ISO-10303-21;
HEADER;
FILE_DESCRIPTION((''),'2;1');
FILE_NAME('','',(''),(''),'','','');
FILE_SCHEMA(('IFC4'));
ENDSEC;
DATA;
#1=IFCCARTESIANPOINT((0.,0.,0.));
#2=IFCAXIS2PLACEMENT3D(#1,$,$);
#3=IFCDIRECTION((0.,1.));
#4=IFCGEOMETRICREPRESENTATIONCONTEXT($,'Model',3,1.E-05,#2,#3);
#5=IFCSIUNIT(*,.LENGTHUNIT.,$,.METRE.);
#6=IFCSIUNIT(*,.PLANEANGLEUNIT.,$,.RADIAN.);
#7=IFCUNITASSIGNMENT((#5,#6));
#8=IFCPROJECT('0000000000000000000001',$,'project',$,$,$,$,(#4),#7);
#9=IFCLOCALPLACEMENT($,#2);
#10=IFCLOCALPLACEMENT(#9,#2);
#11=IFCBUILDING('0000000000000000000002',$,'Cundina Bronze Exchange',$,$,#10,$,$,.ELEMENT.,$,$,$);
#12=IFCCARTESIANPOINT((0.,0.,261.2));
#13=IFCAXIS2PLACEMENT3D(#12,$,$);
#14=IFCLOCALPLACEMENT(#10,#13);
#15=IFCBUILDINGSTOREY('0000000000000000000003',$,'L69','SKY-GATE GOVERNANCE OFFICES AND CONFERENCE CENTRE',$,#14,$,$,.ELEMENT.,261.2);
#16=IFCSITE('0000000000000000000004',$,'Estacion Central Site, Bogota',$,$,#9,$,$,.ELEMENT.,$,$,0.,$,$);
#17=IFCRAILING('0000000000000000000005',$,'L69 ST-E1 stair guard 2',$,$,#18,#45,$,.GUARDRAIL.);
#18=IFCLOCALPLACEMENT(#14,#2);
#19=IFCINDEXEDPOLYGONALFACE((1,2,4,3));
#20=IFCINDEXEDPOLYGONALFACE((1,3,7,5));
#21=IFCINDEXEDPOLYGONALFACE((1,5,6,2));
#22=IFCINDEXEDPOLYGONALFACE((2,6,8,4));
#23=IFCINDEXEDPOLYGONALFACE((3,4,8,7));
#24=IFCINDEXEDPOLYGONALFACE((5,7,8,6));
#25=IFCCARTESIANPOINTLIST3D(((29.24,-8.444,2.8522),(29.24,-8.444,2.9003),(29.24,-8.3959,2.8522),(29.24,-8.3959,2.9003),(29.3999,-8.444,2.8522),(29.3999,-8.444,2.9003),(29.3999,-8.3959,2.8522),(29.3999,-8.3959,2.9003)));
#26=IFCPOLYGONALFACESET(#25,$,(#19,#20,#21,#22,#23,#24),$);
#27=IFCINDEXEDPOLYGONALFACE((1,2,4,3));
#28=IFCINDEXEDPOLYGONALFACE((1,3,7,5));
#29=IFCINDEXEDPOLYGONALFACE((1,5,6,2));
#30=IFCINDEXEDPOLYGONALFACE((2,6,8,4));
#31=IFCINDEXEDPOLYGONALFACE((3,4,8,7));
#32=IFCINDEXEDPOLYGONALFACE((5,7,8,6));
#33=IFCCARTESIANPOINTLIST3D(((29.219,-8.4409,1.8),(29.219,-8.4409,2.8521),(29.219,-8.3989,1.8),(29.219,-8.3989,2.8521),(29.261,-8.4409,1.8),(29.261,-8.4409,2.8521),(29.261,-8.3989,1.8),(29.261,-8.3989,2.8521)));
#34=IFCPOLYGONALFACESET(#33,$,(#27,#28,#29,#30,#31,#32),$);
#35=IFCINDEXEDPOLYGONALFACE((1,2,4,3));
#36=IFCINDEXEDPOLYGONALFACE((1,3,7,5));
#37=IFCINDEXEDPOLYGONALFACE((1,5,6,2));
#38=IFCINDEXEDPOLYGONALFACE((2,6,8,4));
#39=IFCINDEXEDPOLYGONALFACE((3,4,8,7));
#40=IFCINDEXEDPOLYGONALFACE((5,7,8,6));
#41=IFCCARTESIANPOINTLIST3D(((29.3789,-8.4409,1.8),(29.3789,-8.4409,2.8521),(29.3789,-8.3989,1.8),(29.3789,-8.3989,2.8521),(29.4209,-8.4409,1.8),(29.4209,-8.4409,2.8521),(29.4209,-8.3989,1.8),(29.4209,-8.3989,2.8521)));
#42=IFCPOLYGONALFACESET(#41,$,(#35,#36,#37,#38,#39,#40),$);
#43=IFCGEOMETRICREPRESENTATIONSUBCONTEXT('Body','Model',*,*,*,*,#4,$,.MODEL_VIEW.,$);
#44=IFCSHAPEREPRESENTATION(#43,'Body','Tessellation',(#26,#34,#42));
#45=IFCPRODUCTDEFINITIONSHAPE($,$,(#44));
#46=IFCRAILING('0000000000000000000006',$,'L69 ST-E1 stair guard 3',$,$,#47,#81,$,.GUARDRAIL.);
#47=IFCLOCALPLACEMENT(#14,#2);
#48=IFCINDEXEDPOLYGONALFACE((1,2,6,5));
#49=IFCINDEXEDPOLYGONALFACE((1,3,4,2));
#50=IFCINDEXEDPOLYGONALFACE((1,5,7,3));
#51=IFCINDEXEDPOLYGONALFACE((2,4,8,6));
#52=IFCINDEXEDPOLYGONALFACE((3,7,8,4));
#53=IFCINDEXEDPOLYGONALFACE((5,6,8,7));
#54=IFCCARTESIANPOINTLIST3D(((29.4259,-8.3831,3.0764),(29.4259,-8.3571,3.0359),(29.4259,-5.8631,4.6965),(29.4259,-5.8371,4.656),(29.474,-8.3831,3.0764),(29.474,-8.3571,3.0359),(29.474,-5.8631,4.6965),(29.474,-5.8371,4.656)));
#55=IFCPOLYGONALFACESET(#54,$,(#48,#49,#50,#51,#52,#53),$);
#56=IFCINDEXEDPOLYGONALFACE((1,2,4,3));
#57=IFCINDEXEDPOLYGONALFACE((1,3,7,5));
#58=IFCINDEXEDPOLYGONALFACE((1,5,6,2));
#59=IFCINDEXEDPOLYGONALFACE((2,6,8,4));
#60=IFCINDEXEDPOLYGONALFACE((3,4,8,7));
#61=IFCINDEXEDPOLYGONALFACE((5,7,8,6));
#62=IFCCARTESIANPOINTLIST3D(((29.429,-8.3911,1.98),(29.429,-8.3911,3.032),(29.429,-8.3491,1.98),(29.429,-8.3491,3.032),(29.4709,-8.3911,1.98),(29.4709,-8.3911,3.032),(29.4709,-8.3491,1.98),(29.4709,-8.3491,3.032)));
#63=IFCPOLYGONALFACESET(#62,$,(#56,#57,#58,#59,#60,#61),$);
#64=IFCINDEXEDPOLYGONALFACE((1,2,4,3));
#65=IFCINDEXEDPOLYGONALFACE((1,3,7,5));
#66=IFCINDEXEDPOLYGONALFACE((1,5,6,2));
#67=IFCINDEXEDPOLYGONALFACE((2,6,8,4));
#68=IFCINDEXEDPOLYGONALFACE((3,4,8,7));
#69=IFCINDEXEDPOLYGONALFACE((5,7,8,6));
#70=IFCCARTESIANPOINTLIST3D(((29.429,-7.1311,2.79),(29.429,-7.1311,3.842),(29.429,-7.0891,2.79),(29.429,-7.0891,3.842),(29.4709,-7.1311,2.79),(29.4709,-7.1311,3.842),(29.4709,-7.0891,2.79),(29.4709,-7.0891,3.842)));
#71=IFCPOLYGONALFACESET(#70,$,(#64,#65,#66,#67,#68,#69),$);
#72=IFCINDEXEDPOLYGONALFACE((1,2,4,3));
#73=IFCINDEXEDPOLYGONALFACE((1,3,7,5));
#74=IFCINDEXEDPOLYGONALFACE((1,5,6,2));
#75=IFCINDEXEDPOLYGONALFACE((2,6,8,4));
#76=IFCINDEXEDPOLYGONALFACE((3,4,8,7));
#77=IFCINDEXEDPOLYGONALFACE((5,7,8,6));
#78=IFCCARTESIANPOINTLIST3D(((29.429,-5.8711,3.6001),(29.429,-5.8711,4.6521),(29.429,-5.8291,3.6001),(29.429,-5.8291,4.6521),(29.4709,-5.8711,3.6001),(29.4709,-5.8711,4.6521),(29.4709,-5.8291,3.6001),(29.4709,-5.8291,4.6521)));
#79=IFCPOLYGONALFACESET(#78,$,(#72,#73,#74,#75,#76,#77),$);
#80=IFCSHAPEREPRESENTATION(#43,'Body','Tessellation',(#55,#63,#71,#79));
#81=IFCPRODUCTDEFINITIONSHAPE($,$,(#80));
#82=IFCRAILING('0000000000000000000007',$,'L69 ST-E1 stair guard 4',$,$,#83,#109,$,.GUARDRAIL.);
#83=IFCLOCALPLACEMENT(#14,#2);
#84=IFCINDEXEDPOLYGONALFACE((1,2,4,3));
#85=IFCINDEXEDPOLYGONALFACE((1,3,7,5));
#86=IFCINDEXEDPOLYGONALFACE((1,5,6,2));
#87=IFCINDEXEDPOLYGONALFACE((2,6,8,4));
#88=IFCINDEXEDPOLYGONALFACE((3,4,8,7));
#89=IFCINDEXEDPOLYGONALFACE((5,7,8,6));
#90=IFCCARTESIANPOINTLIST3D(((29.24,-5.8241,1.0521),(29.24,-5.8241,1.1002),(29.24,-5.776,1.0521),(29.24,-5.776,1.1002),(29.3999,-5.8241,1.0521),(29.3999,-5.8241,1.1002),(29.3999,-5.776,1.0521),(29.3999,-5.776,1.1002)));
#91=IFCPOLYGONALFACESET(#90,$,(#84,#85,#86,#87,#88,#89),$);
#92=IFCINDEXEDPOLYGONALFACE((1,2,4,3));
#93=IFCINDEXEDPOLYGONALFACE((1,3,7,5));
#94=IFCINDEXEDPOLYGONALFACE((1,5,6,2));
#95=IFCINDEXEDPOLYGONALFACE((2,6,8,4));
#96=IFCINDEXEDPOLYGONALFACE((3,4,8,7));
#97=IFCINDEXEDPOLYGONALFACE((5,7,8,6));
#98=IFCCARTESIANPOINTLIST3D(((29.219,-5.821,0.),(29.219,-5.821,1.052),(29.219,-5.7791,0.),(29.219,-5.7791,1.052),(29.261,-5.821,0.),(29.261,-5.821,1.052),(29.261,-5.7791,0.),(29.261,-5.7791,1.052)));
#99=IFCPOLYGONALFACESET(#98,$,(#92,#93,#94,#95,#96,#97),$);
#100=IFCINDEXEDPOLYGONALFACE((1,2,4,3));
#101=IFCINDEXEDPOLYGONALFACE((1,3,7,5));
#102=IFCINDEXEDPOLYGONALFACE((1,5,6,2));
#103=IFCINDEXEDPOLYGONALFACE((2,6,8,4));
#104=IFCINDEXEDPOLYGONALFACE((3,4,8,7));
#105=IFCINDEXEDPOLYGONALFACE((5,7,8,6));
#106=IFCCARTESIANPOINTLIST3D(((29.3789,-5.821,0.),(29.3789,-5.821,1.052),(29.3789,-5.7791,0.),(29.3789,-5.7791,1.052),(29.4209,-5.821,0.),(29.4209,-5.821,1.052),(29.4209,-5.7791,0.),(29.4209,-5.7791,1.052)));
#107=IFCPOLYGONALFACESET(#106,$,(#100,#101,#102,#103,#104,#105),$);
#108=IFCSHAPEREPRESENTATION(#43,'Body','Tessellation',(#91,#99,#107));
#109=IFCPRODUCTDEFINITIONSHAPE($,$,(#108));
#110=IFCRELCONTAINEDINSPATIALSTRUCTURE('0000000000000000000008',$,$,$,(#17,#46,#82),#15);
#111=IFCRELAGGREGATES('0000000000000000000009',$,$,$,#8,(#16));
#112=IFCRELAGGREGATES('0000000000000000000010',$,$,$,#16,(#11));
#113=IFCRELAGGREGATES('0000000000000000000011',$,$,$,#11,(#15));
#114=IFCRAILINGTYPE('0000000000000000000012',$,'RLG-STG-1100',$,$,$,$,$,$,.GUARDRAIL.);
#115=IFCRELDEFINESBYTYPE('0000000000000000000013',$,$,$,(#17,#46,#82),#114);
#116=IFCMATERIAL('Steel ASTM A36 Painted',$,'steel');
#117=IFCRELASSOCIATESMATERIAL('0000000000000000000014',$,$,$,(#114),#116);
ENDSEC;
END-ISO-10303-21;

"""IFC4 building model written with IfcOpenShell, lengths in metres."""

from ifc_helpers import new_model, si_unit, direction, frame, origin, origin_2d, place, context, subcontext, project, spatial, rectangle, extrude, material, type_object, element, save


model = new_model("IFC4")

# Units and contexts
model_context = context("Model", 3, precision=1e-05, world=origin(), true_north=direction((0.0, 1.0)))
body_context = subcontext(model_context, "Body", "Model", "MODEL_VIEW")
ifc_project = project(units=[si_unit("LENGTHUNIT", "METRE"), si_unit("PLANEANGLEUNIT", "RADIAN")], contexts=[model_context])

# Site, building, storey
site_placement = place(None, origin())
site = spatial("IfcSite", under=ifc_project, at=site_placement, Name="Estacion Central Site, Bogota", CompositionType="ELEMENT", RefElevation=0.0)
building_placement = place(site_placement, origin())
building = spatial("IfcBuilding", under=site, at=building_placement, Name="Cundina Bronze Exchange", CompositionType="ELEMENT")
storey_placement = place(building_placement, frame((0.0, 0.0, 261.2)))
storey = spatial("IfcBuildingStorey", under=building, at=storey_placement, Name="L69", Description="SKY-GATE GOVERNANCE OFFICES AND CONFERENCE CENTRE", CompositionType="ELEMENT", Elevation=261.2)

# Railings
ifc_material_1 = material(Name="Steel ASTM A36 Painted", Category="steel")
railing_type_1 = type_object("IfcRailingType", Name="RLG-STG-1100", PredefinedType="GUARDRAIL", material=ifc_material_1)
railing_1_placement = place(storey_placement, frame((29.24, -8.4199, 1.8)))
element("IfcRailing", 1, at=railing_1_placement, inside=storey, type_object=railing_type_1, Name="L69 ST-E1 stair guard 2", PredefinedType="GUARDRAIL", context=body_context, shape_type="SweptSolid", body=[
    extrude(rectangle(XDim=0.0481, YDim=0.0481, at=origin_2d()), frame((0.0, 0.0, 1.0762), z_axis=(1.0, 0.0, 0.0), x_axis=(0.0, 1.0, 0.0)), (0.0, 0.0, 1.0), 0.1599),
    extrude(rectangle(XDim=0.042, YDim=0.042, at=origin_2d()), origin(), (0.0, 0.0, 1.0), 1.052),
    extrude(rectangle(XDim=0.042, YDim=0.042, at=origin_2d()), frame((0.1599, 0.0, 0.0)), (0.0, 0.0, 1.0), 1.052),
])
railing_2_placement = place(storey_placement, frame((29.45, -8.3701, 1.98)))
element("IfcRailing", 2, at=railing_2_placement, inside=storey, type_object=railing_type_1, Name="L69 ST-E1 stair guard 3", PredefinedType="GUARDRAIL", context=body_context, shape_type="SweptSolid", body=[
    extrude(rectangle(XDim=0.0481, YDim=0.0481, at=origin_2d()), frame((0.0, 0.0, 1.0762), z_axis=(0.0, 0.841163, 0.540782), x_axis=(-1.0, 0.0, 0.0)), (0.0, 0.0, 1.0), 2.9958),
    extrude(rectangle(XDim=0.042, YDim=0.042, at=origin_2d()), origin(), (0.0, 0.0, 1.0), 1.052),
    extrude(rectangle(XDim=0.042, YDim=0.042, at=origin_2d()), frame((0.0, 1.26, 0.8101)), (0.0, 0.0, 1.0), 1.052),
    extrude(rectangle(XDim=0.042, YDim=0.042, at=origin_2d()), frame((0.0, 2.52, 1.6201)), (0.0, 0.0, 1.0), 1.052),
])
railing_3_placement = place(storey_placement, frame((29.24, -5.8, 0.0)))
element("IfcRailing", 3, at=railing_3_placement, inside=storey, type_object=railing_type_1, Name="L69 ST-E1 stair guard 4", PredefinedType="GUARDRAIL", context=body_context, shape_type="SweptSolid", body=[
    extrude(rectangle(XDim=0.0481, YDim=0.0481, at=origin_2d()), frame((0.0, 0.0, 1.0762), z_axis=(1.0, 0.0, 0.0), x_axis=(0.0, 1.0, 0.0)), (0.0, 0.0, 1.0), 0.1599),
    extrude(rectangle(XDim=0.042, YDim=0.042, at=origin_2d()), origin(), (0.0, 0.0, 1.0), 1.052),
    extrude(rectangle(XDim=0.042, YDim=0.042, at=origin_2d()), frame((0.1599, 0.0, 0.0)), (0.0, 0.0, 1.0), 1.052),
])

save(model, "model.ifc")
